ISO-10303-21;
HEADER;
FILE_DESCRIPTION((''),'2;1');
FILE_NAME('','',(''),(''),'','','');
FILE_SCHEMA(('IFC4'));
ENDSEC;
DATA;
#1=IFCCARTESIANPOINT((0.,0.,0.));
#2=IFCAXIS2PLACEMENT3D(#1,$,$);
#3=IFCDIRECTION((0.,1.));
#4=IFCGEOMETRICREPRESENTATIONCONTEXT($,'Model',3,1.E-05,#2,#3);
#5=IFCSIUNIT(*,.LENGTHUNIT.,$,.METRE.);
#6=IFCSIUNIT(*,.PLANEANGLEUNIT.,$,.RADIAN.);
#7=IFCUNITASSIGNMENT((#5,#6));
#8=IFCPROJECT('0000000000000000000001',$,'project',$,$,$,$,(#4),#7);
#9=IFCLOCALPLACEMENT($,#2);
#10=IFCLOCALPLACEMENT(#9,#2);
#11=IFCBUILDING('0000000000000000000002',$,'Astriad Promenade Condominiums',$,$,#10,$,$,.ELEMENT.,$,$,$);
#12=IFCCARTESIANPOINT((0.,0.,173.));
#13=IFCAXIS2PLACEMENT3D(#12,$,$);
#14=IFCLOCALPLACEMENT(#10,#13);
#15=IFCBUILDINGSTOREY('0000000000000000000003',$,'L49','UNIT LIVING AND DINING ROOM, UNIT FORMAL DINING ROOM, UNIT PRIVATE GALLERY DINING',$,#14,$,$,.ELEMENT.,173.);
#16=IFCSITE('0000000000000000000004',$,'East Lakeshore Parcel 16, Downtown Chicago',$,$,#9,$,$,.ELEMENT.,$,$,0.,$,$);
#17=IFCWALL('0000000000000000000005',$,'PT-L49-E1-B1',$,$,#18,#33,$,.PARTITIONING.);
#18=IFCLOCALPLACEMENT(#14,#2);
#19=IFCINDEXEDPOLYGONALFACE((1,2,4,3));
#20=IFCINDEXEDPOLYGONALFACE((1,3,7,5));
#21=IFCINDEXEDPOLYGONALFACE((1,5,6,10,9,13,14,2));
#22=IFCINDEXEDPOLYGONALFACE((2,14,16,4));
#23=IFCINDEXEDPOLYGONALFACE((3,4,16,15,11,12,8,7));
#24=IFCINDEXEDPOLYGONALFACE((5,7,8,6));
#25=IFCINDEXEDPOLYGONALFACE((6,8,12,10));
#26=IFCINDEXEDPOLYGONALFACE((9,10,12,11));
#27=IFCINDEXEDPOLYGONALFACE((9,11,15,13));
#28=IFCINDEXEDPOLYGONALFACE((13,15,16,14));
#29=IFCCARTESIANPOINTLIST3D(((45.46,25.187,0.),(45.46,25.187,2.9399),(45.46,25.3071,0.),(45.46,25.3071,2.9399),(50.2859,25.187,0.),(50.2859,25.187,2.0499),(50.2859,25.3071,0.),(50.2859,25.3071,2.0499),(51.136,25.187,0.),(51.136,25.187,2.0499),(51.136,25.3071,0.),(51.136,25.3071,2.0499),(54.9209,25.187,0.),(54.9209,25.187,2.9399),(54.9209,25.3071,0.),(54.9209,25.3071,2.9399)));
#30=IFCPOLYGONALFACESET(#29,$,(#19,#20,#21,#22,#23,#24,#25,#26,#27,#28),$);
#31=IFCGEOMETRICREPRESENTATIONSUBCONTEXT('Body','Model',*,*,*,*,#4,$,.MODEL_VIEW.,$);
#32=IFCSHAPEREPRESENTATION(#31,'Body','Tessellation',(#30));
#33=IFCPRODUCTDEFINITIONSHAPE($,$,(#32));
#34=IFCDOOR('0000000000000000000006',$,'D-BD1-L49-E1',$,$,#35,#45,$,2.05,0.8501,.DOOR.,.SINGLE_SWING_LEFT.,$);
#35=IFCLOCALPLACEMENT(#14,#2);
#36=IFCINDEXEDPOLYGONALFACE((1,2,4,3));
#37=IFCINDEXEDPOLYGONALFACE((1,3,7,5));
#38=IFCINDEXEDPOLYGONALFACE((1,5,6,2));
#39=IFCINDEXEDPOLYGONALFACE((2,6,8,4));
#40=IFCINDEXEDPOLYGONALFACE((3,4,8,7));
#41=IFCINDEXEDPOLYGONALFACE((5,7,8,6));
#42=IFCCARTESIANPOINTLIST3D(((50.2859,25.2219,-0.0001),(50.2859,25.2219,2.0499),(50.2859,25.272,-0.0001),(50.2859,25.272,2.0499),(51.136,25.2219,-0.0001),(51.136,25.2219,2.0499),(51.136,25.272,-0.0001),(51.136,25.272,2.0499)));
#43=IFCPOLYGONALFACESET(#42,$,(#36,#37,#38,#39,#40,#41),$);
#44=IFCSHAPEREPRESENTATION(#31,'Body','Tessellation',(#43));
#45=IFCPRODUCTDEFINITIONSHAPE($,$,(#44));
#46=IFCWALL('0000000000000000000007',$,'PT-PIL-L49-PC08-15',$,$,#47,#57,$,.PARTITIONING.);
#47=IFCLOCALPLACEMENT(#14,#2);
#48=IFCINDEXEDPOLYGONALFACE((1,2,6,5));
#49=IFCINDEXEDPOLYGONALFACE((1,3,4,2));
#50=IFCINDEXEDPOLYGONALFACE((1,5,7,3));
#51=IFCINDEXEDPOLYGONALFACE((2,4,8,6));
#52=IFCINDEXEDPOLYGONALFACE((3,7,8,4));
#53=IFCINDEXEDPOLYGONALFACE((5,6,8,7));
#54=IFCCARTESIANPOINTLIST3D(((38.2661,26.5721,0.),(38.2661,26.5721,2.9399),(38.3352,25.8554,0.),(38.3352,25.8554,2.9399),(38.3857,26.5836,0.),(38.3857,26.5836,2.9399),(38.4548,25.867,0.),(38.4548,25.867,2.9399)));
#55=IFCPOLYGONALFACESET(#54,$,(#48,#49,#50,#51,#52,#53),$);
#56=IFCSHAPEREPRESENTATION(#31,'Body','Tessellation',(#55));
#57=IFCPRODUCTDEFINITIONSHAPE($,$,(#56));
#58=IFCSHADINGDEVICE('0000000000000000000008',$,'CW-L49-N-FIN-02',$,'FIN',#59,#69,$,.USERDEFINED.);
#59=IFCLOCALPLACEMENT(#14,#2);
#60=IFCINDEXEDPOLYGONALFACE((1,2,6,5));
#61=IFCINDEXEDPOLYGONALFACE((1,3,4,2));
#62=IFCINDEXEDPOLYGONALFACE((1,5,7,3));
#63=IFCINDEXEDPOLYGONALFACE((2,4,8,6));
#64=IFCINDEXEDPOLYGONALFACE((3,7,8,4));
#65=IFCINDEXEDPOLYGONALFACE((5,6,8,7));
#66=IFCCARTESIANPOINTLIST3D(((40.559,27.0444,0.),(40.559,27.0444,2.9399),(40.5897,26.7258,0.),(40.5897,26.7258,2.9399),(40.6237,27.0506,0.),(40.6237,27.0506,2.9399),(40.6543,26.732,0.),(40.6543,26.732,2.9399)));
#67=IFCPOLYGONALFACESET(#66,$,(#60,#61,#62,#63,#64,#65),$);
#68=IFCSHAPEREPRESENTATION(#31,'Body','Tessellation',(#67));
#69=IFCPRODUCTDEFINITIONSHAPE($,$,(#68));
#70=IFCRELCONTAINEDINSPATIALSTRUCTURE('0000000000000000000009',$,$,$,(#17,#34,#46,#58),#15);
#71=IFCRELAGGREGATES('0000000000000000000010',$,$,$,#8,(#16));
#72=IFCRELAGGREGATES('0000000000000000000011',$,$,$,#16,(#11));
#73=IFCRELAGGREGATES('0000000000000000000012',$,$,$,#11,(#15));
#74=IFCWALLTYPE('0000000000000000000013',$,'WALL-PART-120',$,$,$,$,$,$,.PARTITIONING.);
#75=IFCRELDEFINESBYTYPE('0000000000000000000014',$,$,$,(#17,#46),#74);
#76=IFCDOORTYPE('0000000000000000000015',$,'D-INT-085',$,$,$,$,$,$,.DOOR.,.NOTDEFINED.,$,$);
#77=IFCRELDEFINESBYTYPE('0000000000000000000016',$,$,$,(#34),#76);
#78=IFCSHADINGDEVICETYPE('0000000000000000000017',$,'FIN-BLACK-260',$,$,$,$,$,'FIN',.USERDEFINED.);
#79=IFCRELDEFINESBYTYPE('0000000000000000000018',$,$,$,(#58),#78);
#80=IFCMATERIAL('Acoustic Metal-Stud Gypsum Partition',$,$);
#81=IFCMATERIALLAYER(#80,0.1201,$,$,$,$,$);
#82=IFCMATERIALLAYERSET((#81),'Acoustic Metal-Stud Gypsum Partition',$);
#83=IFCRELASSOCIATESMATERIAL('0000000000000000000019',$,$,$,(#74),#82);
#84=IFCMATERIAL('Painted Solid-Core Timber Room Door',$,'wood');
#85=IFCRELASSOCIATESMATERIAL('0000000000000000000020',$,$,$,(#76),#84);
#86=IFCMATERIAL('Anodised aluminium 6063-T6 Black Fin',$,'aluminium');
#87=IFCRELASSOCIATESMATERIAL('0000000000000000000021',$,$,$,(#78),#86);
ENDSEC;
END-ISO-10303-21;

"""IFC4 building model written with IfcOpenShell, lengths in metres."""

from ifc_helpers import new_model, si_unit, direction, frame, frame_2d, origin, origin_2d, place, context, subcontext, project, spatial, rectangle, extrude, source, transform, mapped, material, layer, layer_set, type_object, type_shapes, element, fill, save


model = new_model("IFC4")

# Units and contexts
model_context = context("Model", 3, precision=1e-05, world=origin(), true_north=direction((0.0, 1.0)))
body_context = subcontext(model_context, "Body", "Model", "MODEL_VIEW")
ifc_project = project(units=[si_unit("LENGTHUNIT", "METRE"), si_unit("PLANEANGLEUNIT", "RADIAN")], contexts=[model_context])

# Site, building, storey
site_placement = place(None, origin())
site = spatial("IfcSite", under=ifc_project, at=site_placement, Name="East Lakeshore Parcel 16, Downtown Chicago", CompositionType="ELEMENT", RefElevation=0.0)
building_placement = place(site_placement, origin())
building = spatial("IfcBuilding", under=site, at=building_placement, Name="Astriad Promenade Condominiums", CompositionType="ELEMENT")
storey_placement = place(building_placement, frame((0.0, 0.0, 173.0)))
storey = spatial("IfcBuildingStorey", under=building, at=storey_placement, Name="L49", Description="UNIT LIVING AND DINING ROOM, UNIT FORMAL DINING ROOM, UNIT PRIVATE GALLERY DINING", CompositionType="ELEMENT", Elevation=173.0)

# Wall, opening, door
ifc_material_1 = material(Name="Acoustic Metal-Stud Gypsum Partition")
ifc_layer_1 = layer(ifc_material_1, 0.1201)
ifc_layer_set_1 = layer_set([ifc_layer_1], Name="Acoustic Metal-Stud Gypsum Partition")
wall_type_1 = type_object("IfcWallType", Name="WALL-PART-120", PredefinedType="PARTITIONING", material=ifc_layer_set_1)
wall_1_placement = place(storey_placement, frame((45.46, 25.2471, 0.0), z_axis=(0.0, 0.0, 1.0), x_axis=(1.0, 0.0, 0.0)))
wall_1 = element("IfcWall", 1, at=wall_1_placement, inside=storey, type_object=wall_type_1, Name="PT-L49-E1-B1", PredefinedType="PARTITIONING", context=body_context, shape_type="SweptSolid", body=[
    extrude(rectangle(XDim=9.4609, YDim=0.1201, at=frame_2d((4.7305, 0.0))), origin(), (0.0, 0.0, 1.0), 2.9399),
])
opening_1_placement = place(wall_1_placement, frame((4.8259, 0.0, 0.0)))
opening_1 = element("IfcOpeningElement", 2, at=opening_1_placement, cuts=wall_1, PredefinedType="OPENING", context=body_context, shape_type="SweptSolid", body=[
    extrude(rectangle(XDim=0.8501, YDim=2.05, at=frame_2d((0.425, 1.0249))), frame((0.0, 0.0701, 0.0), z_axis=(0.0, -1.0, 0.0), x_axis=(1.0, 0.0, 0.0)), (0.0, 0.0, 1.0), 0.1401),
])
ifc_material_2 = material(Name="Painted Solid-Core Timber Room Door", Category="wood")
door_type_1 = type_object("IfcDoorType", Name="D-INT-085", OperationType="NOTDEFINED", PredefinedType="DOOR", material=ifc_material_2)
shared_shape_1 = source(origin(), body_context, "Body", "SweptSolid", [
    extrude(rectangle(XDim=0.8501, YDim=2.05, at=frame_2d((0.425, 1.0249))), frame((0.0, 0.0249, 0.0), z_axis=(0.0, -1.0, 0.0), x_axis=(1.0, 0.0, 0.0)), (0.0, 0.0, 1.0), 0.05),
])
type_shapes(door_type_1, [shared_shape_1])
door_1_placement = place(opening_1_placement, origin())
door_1 = element("IfcDoor", 3, at=door_1_placement, inside=storey, type_object=door_type_1, Name="D-BD1-L49-E1", OperationType="SINGLE_SWING_LEFT", OverallHeight=2.05, OverallWidth=0.8501, PredefinedType="DOOR", context=body_context, shape_type="MappedRepresentation", body=[
    mapped(shared_shape_1, transform((0.0, 0.0, 0.0), scale=1.0)),
])
fill(opening_1, door_1)

# Wall
wall_2_placement = place(storey_placement, frame((38.395, 25.8613, 0.0), z_axis=(0.0, 0.0, 1.0), x_axis=(-0.095977, 0.995384, 0.0)))
element("IfcWall", 4, at=wall_2_placement, inside=storey, type_object=wall_type_1, Name="PT-PIL-L49-PC08-15", PredefinedType="PARTITIONING", context=body_context, shape_type="SweptSolid", body=[
    extrude(rectangle(XDim=0.72, YDim=0.1201, at=frame_2d((0.3599, 0.0))), origin(), (0.0, 0.0, 1.0), 2.9399),
])

# Shading device
ifc_material_3 = material(Name="Anodised aluminium 6063-T6 Black Fin", Category="aluminium")
shading_device_type = type_object("IfcShadingDeviceType", Name="FIN-BLACK-260", ElementType="FIN", PredefinedType="USERDEFINED", material=ifc_material_3)
shared_shape_2 = source(origin(), body_context, "Body", "SweptSolid", [
    extrude(rectangle(XDim=0.0649, YDim=0.3201, at=origin_2d()), origin(), (0.0, 0.0, 1.0), 2.9399),
])
type_shapes(shading_device_type, [shared_shape_2])
shading_device_placement = place(storey_placement, frame((40.6067, 26.8882, 0.0), z_axis=(0.0, 0.0, 1.0), x_axis=(0.995396, 0.095846, 0.0)))
element("IfcShadingDevice", 5, at=shading_device_placement, inside=storey, type_object=shading_device_type, Name="CW-L49-N-FIN-02", ObjectType="FIN", PredefinedType="USERDEFINED", context=body_context, shape_type="MappedRepresentation", body=[
    mapped(shared_shape_2, transform((0.0, 0.0, 0.0), scale=1.0)),
])

save(model, "model.ifc")
